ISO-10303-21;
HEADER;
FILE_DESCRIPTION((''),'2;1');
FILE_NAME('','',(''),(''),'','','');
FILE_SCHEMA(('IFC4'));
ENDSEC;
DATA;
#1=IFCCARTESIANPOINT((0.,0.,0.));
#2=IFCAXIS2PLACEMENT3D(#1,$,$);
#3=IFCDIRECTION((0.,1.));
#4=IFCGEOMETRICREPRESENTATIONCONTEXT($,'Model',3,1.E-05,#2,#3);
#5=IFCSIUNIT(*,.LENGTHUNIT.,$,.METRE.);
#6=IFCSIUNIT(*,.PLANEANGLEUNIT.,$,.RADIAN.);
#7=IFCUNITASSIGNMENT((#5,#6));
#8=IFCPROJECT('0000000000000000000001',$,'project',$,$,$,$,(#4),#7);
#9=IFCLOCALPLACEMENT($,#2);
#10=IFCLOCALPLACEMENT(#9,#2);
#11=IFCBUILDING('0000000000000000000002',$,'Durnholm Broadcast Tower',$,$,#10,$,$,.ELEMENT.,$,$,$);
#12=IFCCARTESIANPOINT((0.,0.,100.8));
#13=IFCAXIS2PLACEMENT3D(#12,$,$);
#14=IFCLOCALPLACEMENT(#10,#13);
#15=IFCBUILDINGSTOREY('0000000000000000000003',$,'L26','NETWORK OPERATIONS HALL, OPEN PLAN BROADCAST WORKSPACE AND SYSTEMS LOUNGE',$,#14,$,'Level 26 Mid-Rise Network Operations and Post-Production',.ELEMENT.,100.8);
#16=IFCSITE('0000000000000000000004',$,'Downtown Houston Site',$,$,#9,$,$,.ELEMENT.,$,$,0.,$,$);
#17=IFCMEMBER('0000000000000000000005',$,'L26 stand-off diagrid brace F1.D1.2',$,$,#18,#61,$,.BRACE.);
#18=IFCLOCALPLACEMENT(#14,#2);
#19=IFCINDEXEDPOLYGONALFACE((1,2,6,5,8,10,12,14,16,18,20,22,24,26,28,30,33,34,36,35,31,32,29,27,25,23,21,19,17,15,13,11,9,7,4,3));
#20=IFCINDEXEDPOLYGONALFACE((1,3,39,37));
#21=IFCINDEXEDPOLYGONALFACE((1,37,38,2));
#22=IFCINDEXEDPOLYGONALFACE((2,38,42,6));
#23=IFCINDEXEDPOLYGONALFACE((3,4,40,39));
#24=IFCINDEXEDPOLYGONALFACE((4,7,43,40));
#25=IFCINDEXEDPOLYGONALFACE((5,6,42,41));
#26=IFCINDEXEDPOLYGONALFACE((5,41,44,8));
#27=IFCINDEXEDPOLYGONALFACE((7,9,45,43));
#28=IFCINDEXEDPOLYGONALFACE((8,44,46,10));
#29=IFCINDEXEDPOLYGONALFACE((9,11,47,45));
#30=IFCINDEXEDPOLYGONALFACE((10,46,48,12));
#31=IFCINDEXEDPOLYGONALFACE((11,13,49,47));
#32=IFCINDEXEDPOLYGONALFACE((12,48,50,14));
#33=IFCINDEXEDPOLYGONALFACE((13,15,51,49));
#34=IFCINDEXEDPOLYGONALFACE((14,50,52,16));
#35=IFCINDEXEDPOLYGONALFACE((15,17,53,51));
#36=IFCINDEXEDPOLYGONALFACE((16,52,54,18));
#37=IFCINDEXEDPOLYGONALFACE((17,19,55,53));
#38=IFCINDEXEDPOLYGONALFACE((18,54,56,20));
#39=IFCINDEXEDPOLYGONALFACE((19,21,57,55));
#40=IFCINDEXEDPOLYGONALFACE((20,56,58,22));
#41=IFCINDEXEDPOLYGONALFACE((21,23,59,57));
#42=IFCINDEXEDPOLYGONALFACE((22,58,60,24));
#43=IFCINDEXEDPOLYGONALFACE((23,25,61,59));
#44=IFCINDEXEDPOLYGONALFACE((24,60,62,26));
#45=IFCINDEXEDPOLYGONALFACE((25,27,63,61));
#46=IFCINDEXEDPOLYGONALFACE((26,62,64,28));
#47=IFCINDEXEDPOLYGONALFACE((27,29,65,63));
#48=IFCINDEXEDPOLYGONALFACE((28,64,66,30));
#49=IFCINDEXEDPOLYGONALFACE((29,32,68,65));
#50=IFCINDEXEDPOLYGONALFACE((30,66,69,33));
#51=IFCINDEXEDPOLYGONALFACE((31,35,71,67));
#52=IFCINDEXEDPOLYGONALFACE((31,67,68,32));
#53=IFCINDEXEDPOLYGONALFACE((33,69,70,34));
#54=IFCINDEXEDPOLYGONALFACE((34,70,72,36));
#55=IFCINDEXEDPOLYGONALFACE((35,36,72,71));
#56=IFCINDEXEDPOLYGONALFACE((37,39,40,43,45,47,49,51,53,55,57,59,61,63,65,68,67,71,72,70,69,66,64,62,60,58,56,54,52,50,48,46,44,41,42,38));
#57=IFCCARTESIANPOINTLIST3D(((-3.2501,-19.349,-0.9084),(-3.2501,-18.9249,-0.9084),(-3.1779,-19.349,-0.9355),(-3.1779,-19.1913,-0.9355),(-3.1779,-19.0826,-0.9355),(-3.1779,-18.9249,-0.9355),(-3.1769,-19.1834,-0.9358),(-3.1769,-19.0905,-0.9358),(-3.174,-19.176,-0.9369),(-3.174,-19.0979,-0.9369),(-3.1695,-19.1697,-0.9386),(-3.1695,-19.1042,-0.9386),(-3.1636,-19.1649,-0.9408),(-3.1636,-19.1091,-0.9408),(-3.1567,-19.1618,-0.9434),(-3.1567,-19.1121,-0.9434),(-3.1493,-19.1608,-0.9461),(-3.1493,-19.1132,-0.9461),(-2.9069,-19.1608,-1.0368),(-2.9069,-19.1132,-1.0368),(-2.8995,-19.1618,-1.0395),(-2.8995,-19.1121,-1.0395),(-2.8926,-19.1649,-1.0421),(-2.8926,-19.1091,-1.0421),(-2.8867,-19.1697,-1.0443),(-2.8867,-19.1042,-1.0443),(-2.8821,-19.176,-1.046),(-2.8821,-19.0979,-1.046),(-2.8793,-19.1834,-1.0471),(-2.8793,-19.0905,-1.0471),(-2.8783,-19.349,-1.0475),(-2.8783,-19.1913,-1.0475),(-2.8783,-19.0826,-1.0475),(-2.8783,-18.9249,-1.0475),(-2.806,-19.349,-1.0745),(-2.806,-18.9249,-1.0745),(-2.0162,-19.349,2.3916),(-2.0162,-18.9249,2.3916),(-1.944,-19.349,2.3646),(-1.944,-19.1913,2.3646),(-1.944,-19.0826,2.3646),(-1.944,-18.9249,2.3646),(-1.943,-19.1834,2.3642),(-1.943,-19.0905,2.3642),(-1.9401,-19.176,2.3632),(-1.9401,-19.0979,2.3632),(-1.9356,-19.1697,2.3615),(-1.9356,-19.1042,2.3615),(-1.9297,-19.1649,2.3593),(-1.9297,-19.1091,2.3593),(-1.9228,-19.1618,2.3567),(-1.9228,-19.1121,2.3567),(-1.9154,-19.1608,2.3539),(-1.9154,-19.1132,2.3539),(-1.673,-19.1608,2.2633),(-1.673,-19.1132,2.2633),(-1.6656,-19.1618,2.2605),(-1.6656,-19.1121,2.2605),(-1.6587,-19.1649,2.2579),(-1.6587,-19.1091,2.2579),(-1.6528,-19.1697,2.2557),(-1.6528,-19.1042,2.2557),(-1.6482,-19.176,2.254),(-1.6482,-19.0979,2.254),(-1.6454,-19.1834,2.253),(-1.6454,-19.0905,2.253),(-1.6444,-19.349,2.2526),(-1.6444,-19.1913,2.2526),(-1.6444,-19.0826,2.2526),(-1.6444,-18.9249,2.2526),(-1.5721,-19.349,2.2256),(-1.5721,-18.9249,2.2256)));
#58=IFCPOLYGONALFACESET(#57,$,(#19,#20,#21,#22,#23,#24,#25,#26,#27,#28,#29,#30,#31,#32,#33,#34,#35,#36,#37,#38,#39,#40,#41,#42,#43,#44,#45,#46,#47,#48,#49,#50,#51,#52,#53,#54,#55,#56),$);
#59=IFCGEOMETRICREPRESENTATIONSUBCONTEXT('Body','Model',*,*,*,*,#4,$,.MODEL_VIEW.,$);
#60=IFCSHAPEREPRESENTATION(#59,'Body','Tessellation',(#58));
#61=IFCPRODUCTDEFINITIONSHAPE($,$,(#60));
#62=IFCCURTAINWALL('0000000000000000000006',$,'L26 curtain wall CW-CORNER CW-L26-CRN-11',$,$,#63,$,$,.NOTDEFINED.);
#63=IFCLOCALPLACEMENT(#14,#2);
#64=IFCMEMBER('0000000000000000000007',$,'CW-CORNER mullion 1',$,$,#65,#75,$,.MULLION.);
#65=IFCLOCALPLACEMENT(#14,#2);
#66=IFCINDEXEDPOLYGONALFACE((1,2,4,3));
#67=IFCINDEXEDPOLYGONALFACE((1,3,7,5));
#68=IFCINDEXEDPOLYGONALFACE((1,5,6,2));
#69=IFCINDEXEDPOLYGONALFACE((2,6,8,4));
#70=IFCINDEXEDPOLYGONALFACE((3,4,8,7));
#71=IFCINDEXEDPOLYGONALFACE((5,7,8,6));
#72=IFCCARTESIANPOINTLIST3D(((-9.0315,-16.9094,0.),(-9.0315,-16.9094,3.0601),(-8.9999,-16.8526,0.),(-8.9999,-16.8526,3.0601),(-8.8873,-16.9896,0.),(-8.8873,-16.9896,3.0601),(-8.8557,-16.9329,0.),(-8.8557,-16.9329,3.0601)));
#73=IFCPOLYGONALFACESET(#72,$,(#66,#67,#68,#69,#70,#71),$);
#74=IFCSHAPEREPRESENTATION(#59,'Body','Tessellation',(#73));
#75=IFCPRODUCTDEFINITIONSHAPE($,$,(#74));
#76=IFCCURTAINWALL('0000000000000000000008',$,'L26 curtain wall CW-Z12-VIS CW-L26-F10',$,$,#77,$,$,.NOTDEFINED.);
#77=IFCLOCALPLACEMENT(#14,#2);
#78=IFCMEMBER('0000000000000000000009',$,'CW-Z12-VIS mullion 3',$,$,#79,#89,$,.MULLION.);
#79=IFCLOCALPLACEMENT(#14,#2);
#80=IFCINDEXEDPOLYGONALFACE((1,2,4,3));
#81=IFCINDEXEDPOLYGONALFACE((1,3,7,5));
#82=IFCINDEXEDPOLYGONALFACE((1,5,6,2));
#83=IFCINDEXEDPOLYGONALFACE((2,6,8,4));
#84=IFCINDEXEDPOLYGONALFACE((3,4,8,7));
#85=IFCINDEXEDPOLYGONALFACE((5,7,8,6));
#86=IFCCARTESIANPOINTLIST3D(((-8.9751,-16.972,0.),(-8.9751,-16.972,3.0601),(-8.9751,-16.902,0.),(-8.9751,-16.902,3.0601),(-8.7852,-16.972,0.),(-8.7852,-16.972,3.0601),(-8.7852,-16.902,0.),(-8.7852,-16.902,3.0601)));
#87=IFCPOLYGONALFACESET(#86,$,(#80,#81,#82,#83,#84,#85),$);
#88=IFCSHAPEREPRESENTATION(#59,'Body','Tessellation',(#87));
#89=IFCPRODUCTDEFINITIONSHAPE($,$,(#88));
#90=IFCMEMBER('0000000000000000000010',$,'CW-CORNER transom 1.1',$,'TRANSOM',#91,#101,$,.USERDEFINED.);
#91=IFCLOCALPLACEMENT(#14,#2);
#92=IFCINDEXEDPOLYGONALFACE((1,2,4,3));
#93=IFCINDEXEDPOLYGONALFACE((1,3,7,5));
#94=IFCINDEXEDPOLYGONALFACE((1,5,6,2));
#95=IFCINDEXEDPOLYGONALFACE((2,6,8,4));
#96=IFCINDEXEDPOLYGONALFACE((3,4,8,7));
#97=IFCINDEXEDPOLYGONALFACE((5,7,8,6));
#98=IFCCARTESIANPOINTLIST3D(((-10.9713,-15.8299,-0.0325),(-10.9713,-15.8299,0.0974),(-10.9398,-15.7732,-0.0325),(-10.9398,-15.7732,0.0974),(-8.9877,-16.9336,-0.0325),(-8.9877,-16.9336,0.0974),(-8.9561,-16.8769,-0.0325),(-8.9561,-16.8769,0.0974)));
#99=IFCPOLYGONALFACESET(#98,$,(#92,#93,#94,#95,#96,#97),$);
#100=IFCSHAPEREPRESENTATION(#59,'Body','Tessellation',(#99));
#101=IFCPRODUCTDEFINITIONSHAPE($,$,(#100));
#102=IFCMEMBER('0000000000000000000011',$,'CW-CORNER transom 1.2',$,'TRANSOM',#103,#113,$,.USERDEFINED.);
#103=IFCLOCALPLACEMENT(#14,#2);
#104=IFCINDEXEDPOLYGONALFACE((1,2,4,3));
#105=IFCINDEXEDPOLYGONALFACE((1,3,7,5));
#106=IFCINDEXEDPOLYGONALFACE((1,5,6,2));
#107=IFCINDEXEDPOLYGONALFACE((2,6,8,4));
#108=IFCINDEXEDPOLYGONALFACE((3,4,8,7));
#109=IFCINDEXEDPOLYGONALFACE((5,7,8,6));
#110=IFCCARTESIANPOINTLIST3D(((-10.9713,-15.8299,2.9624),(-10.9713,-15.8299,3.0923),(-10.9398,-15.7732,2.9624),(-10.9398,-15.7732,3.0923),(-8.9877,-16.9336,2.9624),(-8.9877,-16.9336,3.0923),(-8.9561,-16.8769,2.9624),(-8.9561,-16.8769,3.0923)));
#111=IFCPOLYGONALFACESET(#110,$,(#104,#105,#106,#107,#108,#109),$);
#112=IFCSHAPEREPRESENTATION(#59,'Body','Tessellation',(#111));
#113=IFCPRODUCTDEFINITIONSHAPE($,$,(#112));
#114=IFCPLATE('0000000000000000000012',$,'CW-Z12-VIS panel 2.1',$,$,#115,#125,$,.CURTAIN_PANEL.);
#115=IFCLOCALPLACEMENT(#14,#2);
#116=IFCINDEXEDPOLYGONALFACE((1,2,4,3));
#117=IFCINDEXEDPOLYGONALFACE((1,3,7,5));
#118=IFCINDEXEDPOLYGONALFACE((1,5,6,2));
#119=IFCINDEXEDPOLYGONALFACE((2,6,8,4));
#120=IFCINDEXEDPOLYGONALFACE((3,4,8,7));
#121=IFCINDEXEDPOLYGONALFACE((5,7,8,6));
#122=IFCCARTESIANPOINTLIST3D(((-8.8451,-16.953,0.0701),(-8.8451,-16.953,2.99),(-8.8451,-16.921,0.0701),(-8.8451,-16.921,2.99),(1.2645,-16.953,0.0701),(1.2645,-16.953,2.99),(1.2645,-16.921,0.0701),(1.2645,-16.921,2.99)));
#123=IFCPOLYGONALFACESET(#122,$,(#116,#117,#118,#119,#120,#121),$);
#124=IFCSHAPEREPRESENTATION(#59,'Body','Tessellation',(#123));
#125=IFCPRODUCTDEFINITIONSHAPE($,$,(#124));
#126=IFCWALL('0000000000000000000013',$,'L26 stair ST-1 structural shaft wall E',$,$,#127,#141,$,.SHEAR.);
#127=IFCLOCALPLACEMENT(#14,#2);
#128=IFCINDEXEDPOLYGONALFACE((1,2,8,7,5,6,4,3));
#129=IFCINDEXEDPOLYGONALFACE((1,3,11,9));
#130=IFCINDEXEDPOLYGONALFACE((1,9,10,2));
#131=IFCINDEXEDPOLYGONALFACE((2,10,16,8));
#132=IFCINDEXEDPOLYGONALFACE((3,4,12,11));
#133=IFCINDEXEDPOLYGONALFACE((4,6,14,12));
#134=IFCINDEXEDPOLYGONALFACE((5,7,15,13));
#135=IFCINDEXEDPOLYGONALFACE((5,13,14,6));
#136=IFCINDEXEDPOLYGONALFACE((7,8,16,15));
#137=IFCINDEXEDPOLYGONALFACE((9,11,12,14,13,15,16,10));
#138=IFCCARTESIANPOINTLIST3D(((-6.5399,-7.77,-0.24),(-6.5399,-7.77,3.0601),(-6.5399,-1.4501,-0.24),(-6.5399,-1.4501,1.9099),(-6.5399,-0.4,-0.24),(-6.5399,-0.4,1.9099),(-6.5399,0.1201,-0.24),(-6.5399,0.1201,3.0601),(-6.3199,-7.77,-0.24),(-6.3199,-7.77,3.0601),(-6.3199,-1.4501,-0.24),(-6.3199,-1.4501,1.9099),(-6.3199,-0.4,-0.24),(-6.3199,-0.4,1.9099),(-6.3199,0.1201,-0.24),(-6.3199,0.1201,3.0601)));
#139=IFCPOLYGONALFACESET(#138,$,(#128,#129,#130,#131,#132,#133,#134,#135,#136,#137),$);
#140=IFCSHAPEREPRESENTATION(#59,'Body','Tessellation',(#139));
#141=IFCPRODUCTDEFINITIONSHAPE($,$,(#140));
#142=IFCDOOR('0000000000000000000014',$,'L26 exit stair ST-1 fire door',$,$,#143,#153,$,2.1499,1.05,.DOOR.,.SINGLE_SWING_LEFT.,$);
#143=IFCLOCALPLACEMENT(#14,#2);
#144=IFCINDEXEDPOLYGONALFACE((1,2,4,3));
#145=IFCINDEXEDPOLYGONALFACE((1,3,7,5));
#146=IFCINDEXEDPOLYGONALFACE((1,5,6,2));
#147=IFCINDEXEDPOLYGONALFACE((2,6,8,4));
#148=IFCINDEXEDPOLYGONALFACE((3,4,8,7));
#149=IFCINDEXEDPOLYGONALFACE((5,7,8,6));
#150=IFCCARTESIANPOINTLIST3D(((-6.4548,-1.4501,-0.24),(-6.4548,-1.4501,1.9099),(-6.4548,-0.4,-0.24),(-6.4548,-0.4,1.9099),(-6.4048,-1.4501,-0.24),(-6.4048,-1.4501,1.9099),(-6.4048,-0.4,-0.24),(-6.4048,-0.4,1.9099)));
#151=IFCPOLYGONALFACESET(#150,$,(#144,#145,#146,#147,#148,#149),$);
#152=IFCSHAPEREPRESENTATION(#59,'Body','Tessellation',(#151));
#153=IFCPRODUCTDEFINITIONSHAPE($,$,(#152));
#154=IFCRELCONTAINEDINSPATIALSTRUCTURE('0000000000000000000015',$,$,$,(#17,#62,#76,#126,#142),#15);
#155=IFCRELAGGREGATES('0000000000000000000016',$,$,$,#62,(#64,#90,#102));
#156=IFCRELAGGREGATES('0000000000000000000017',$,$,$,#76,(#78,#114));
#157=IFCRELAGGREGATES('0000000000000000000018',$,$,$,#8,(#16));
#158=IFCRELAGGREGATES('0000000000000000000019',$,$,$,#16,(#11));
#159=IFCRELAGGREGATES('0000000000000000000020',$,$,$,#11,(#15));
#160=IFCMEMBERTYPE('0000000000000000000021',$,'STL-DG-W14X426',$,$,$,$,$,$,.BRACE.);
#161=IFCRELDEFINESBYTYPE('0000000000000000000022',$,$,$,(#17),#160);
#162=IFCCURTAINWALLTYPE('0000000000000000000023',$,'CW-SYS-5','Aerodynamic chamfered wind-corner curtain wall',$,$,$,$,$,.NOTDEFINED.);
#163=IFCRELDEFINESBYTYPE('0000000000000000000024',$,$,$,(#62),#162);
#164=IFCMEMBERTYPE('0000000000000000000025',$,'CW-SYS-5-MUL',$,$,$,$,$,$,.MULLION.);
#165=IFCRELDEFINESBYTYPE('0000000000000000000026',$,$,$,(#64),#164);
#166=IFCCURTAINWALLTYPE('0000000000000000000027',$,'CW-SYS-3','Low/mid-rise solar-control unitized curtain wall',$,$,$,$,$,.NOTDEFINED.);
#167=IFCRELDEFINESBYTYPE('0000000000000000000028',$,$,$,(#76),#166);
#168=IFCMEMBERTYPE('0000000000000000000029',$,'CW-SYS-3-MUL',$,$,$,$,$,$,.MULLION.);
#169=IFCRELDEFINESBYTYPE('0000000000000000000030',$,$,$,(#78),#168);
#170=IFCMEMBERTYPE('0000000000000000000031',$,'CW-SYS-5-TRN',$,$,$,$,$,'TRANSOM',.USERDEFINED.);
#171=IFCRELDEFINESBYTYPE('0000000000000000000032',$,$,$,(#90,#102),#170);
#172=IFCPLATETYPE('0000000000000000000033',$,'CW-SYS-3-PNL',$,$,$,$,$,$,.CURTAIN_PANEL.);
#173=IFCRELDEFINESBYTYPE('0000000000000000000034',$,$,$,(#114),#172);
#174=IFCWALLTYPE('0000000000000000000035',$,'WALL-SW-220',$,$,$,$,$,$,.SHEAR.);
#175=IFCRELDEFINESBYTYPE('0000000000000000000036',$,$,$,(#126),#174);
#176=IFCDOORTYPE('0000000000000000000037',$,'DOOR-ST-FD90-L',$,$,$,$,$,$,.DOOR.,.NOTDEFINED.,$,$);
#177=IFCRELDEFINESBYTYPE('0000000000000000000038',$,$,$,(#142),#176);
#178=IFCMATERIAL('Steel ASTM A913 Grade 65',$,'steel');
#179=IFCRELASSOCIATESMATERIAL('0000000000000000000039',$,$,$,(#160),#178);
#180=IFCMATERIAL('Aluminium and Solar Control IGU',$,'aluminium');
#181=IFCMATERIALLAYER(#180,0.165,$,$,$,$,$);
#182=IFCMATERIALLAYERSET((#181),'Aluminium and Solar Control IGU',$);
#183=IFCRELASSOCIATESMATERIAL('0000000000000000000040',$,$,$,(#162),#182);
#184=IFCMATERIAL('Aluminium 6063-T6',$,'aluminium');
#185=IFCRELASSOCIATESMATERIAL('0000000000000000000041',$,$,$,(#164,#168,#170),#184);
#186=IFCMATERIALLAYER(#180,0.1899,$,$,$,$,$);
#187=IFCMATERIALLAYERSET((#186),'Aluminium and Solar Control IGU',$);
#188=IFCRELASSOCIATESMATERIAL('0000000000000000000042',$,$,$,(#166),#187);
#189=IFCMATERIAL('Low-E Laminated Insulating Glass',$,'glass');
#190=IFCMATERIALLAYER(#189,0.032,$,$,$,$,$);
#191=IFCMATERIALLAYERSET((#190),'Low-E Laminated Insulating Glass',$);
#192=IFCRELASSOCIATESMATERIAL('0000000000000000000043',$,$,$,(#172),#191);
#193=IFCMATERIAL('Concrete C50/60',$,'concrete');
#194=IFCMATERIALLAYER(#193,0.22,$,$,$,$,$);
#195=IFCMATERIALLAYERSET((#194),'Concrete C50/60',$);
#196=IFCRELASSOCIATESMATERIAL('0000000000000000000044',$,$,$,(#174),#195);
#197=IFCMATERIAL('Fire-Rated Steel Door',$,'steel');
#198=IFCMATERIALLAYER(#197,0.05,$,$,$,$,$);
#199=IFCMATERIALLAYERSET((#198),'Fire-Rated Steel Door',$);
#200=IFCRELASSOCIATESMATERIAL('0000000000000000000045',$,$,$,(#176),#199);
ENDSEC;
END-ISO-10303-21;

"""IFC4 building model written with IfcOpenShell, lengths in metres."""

from ifc_helpers import new_model, si_unit, direction, frame, frame_2d, origin, origin_2d, place, context, subcontext, project, spatial, rectangle, i_section, extrude, source, transform, mapped, material, layer, layer_set, material_profile, profile_set, type_object, type_shapes, element, fill, aggregate, save


model = new_model("IFC4")

# Units and contexts
model_context = context("Model", 3, precision=1e-05, world=origin(), true_north=direction((0.0, 1.0)))
body_context = subcontext(model_context, "Body", "Model", "MODEL_VIEW")
ifc_project = project(units=[si_unit("LENGTHUNIT", "METRE"), si_unit("PLANEANGLEUNIT", "RADIAN")], contexts=[model_context])

# Site, building, storey
site_placement = place(None, origin())
site = spatial("IfcSite", under=ifc_project, at=site_placement, Name="Downtown Houston Site", CompositionType="ELEMENT", RefElevation=0.0)
building_placement = place(site_placement, origin())
building = spatial("IfcBuilding", under=site, at=building_placement, Name="Durnholm Broadcast Tower", CompositionType="ELEMENT")
storey_placement = place(building_placement, frame((0.0, 0.0, 100.8)))
storey = spatial("IfcBuildingStorey", under=building, at=storey_placement, Name="L26", Description="NETWORK OPERATIONS HALL, OPEN PLAN BROADCAST WORKSPACE AND SYSTEMS LOUNGE", LongName="Level 26 Mid-Rise Network Operations and Post-Production", CompositionType="ELEMENT", Elevation=100.8)

# Member
ifc_material_1 = material(Name="Steel ASTM A913 Grade 65", Category="steel")
ifc_material_profile_1 = material_profile(ifc_material_1, i_section(OverallWidth=0.4241, OverallDepth=0.4741, WebThickness=0.0476, FlangeThickness=0.0771, FilletRadius=0.0305, at=origin_2d()), Name="W14X426")
ifc_profile_set_1 = profile_set([ifc_material_profile_1], Name="Steel ASTM A913 Grade 65")
member_type_1 = type_object("IfcMemberType", Name="STL-DG-W14X426", PredefinedType="BRACE", material=ifc_profile_set_1)
shared_shape_1 = source(origin(), body_context, "Body", "SweptSolid", [
    extrude(i_section(OverallWidth=0.4241, OverallDepth=0.4741, WebThickness=0.0476, FlangeThickness=0.0771, FilletRadius=0.0305, at=origin_2d()), origin(), (0.0, 0.0, 1.0), 3.5232),
])
type_shapes(member_type_1, [shared_shape_1])
for number, where, z_axis, x_axis, name in (
    (1, (-3.0281, -19.137, -0.9915), (0.35022, 0.0, 0.936668), (0.0, 1.0, 0.0), "L26 stand-off diagrid brace F1.D1.2"),
):
    element("IfcMember", number, at=place(storey_placement, frame(where, z_axis=z_axis, x_axis=x_axis)), inside=storey, type_object=member_type_1, Name=name, PredefinedType="BRACE", context=body_context, shape_type="MappedRepresentation", body=[
        mapped(shared_shape_1, transform((0.0, 0.0, 0.0), x_axis=(1.0, 0.0, 0.0), y_axis=(0.0, 1.0, 0.0), z_axis=(0.0, 0.0, 1.0), scale=1.0)),
    ])

# Curtain walls, members
ifc_material_2 = material(Name="Aluminium and Solar Control IGU", Category="aluminium")
ifc_layer_1 = layer(ifc_material_2, 0.165)
ifc_layer_set_1 = layer_set([ifc_layer_1], Name="Aluminium and Solar Control IGU")
curtain_wall_type_1 = type_object("IfcCurtainWallType", Name="CW-SYS-5", Description="Aerodynamic chamfered wind-corner curtain wall", PredefinedType="NOTDEFINED", material=ifc_layer_set_1)
curtain_wall_1_placement = place(storey_placement, origin())
curtain_wall_1 = element("IfcCurtainWall", 2, at=curtain_wall_1_placement, inside=storey, type_object=curtain_wall_type_1, Name="L26 curtain wall CW-CORNER CW-L26-CRN-11", PredefinedType="NOTDEFINED")
ifc_material_3 = material(Name="Aluminium 6063-T6", Category="aluminium")
ifc_material_profile_2 = material_profile(ifc_material_3, rectangle(XDim=0.0649, YDim=0.165, at=origin_2d()), Name="CWM65X165")
ifc_profile_set_2 = profile_set([ifc_material_profile_2], Name="Aluminium 6063-T6")
member_type_2 = type_object("IfcMemberType", Name="CW-SYS-5-MUL", PredefinedType="MULLION", material=ifc_profile_set_2)
shared_shape_2 = source(origin(), body_context, "Body", "SweptSolid", [
    extrude(rectangle(XDim=0.0649, YDim=0.165, at=origin_2d()), origin(), (0.0, 0.0, 1.0), 3.0601),
])
type_shapes(member_type_2, [shared_shape_2])
member_1_placement = place(storey_placement, frame((-8.9436, -16.9211, 0.0), z_axis=(0.0, 0.0, 1.0), x_axis=(-0.486244, -0.873823, 0.0)))
member_1 = element("IfcMember", 3, at=member_1_placement, type_object=member_type_2, Name="CW-CORNER mullion 1", PredefinedType="MULLION", context=body_context, shape_type="MappedRepresentation", body=[
    mapped(shared_shape_2, transform((0.0, 0.0, 0.0), x_axis=(1.0, 0.0, 0.0), y_axis=(0.0, 1.0, 0.0), z_axis=(0.0, 0.0, 1.0), scale=1.0)),
])
ifc_layer_2 = layer(ifc_material_2, 0.1899)
ifc_layer_set_2 = layer_set([ifc_layer_2], Name="Aluminium and Solar Control IGU")
curtain_wall_type_2 = type_object("IfcCurtainWallType", Name="CW-SYS-3", Description="Low/mid-rise solar-control unitized curtain wall", PredefinedType="NOTDEFINED", material=ifc_layer_set_2)
curtain_wall_2_placement = place(storey_placement, origin())
curtain_wall_2 = element("IfcCurtainWall", 4, at=curtain_wall_2_placement, inside=storey, type_object=curtain_wall_type_2, Name="L26 curtain wall CW-Z12-VIS CW-L26-F10", PredefinedType="NOTDEFINED")
ifc_material_profile_3 = material_profile(ifc_material_3, rectangle(XDim=0.0701, YDim=0.1899, at=origin_2d()), Name="CWM70X190")
ifc_profile_set_3 = profile_set([ifc_material_profile_3], Name="Aluminium 6063-T6")
member_type_3 = type_object("IfcMemberType", Name="CW-SYS-3-MUL", PredefinedType="MULLION", material=ifc_profile_set_3)
shared_shape_3 = source(origin(), body_context, "Body", "SweptSolid", [
    extrude(rectangle(XDim=0.0701, YDim=0.1899, at=origin_2d()), origin(), (0.0, 0.0, 1.0), 3.0601),
])
type_shapes(member_type_3, [shared_shape_3])
member_2_placement = place(storey_placement, frame((-8.8801, -16.937, 0.0), z_axis=(0.0, 0.0, 1.0), x_axis=(0.0, -1.0, 0.0)))
member_2 = element("IfcMember", 5, at=member_2_placement, type_object=member_type_3, Name="CW-Z12-VIS mullion 3", PredefinedType="MULLION", context=body_context, shape_type="MappedRepresentation", body=[
    mapped(shared_shape_3, transform((0.0, 0.0, 0.0), x_axis=(1.0, 0.0, 0.0), y_axis=(0.0, 1.0, 0.0), z_axis=(0.0, 0.0, 1.0), scale=1.0)),
])

# Members
ifc_material_profile_4 = material_profile(ifc_material_3, rectangle(XDim=0.0649, YDim=0.1299, at=origin_2d()), Name="CWT65X130")
ifc_profile_set_4 = profile_set([ifc_material_profile_4], Name="Aluminium 6063-T6")
member_type_4 = type_object("IfcMemberType", Name="CW-SYS-5-TRN", ElementType="TRANSOM", PredefinedType="USERDEFINED", material=ifc_profile_set_4)
shared_shape_4 = source(origin(), body_context, "Body", "SweptSolid", [
    extrude(rectangle(XDim=0.0649, YDim=0.1299, at=origin_2d()), origin(), (0.0, 0.0, 1.0), 2.27),
])
type_shapes(member_type_4, [shared_shape_4])
member_3_placement = place(storey_placement, frame((-8.9719, -16.9053, 0.0325), z_axis=(-0.873832, 0.486227, 0.0), x_axis=(-0.486227, -0.873832, 0.0)))
member_3 = element("IfcMember", 6, at=member_3_placement, type_object=member_type_4, Name="CW-CORNER transom 1.1", ObjectType="TRANSOM", PredefinedType="USERDEFINED", context=body_context, shape_type="MappedRepresentation", body=[
    mapped(shared_shape_4, transform((0.0, 0.0, 0.0), x_axis=(1.0, 0.0, 0.0), y_axis=(0.0, 1.0, 0.0), z_axis=(0.0, 0.0, 1.0), scale=1.0)),
])
member_4_placement = place(storey_placement, frame((-8.9719, -16.9053, 3.0273), z_axis=(-0.873832, 0.486227, 0.0), x_axis=(-0.486227, -0.873832, 0.0)))
member_4 = element("IfcMember", 7, at=member_4_placement, type_object=member_type_4, Name="CW-CORNER transom 1.2", ObjectType="TRANSOM", PredefinedType="USERDEFINED", context=body_context, shape_type="MappedRepresentation", body=[
    mapped(shared_shape_4, transform((0.0, 0.0, 0.0), x_axis=(1.0, 0.0, 0.0), y_axis=(0.0, 1.0, 0.0), z_axis=(0.0, 0.0, 1.0), scale=1.0)),
])
aggregate(curtain_wall_1, [member_1, member_3, member_4])

# Plate
ifc_material_4 = material(Name="Low-E Laminated Insulating Glass", Category="glass")
ifc_layer_3 = layer(ifc_material_4, 0.032)
ifc_layer_set_3 = layer_set([ifc_layer_3], Name="Low-E Laminated Insulating Glass")
plate_type = type_object("IfcPlateType", Name="CW-SYS-3-PNL", PredefinedType="CURTAIN_PANEL", material=ifc_layer_set_3)
shared_shape_5 = source(origin(), body_context, "Body", "SweptSolid", [
    extrude(rectangle(XDim=10.1096, YDim=0.032, at=origin_2d()), origin(), (0.0, 0.0, 1.0), 2.9199),
])
type_shapes(plate_type, [shared_shape_5])
plate_placement = place(storey_placement, frame((-3.7903, -16.937, 0.0701), z_axis=(0.0, 0.0, 1.0), x_axis=(-1.0, 0.0, 0.0)))
plate = element("IfcPlate", 8, at=plate_placement, type_object=plate_type, Name="CW-Z12-VIS panel 2.1", PredefinedType="CURTAIN_PANEL", context=body_context, shape_type="MappedRepresentation", body=[
    mapped(shared_shape_5, transform((0.0, 0.0, 0.0), x_axis=(1.0, 0.0, 0.0), y_axis=(0.0, 1.0, 0.0), z_axis=(0.0, 0.0, 1.0), scale=1.0)),
])
aggregate(curtain_wall_2, [member_2, plate])

# Wall, opening, door
ifc_material_5 = material(Name="Concrete C50/60", Category="concrete")
ifc_layer_4 = layer(ifc_material_5, 0.22)
ifc_layer_set_4 = layer_set([ifc_layer_4], Name="Concrete C50/60")
wall_type_1 = type_object("IfcWallType", Name="WALL-SW-220", PredefinedType="SHEAR", material=ifc_layer_set_4)
wall_1_placement = place(storey_placement, frame((-6.4299, -7.77, -0.24), z_axis=(0.0, 0.0, 1.0), x_axis=(0.0, 1.0, 0.0)))
wall_1 = element("IfcWall", 9, at=wall_1_placement, inside=storey, type_object=wall_type_1, Name="L26 stair ST-1 structural shaft wall E", PredefinedType="SHEAR", context=body_context, shape_type="SweptSolid", body=[
    extrude(rectangle(XDim=7.8901, YDim=0.22, at=frame_2d((3.9451, 0.0))), origin(), (0.0, 0.0, 1.0), 3.3),
])
opening_1_placement = place(wall_1_placement, frame((6.3201, 0.0, 0.0)))
opening_1 = element("IfcOpeningElement", 10, at=opening_1_placement, cuts=wall_1, PredefinedType="OPENING", context=body_context, shape_type="SweptSolid", body=[
    extrude(rectangle(XDim=1.05, YDim=2.1499, at=frame_2d((0.5249, 1.075))), frame((0.0, 0.1201, 0.0), z_axis=(0.0, -1.0, 0.0), x_axis=(1.0, 0.0, 0.0)), (0.0, 0.0, 1.0), 0.24),
])
ifc_material_6 = material(Name="Fire-Rated Steel Door", Category="steel")
ifc_layer_5 = layer(ifc_material_6, 0.05)
ifc_layer_set_5 = layer_set([ifc_layer_5], Name="Fire-Rated Steel Door")
door_type_1 = type_object("IfcDoorType", Name="DOOR-ST-FD90-L", OperationType="NOTDEFINED", PredefinedType="DOOR", material=ifc_layer_set_5)
shared_shape_6 = source(origin(), body_context, "Body", "SweptSolid", [
    extrude(rectangle(XDim=1.05, YDim=2.1499, at=frame_2d((0.5249, 1.075))), frame((0.0, 0.0249, 0.0), z_axis=(0.0, -1.0, 0.0), x_axis=(1.0, 0.0, 0.0)), (0.0, 0.0, 1.0), 0.05),
])
type_shapes(door_type_1, [shared_shape_6])
door_1_placement = place(opening_1_placement, origin())
door_1 = element("IfcDoor", 11, at=door_1_placement, inside=storey, type_object=door_type_1, Name="L26 exit stair ST-1 fire door", OperationType="SINGLE_SWING_LEFT", OverallHeight=2.1499, OverallWidth=1.05, PredefinedType="DOOR", context=body_context, shape_type="MappedRepresentation", body=[
    mapped(shared_shape_6, transform((0.0, 0.0, 0.0), x_axis=(1.0, 0.0, 0.0), y_axis=(0.0, 1.0, 0.0), z_axis=(0.0, 0.0, 1.0), scale=1.0)),
])
fill(opening_1, door_1)

save(model, "model.ifc")
